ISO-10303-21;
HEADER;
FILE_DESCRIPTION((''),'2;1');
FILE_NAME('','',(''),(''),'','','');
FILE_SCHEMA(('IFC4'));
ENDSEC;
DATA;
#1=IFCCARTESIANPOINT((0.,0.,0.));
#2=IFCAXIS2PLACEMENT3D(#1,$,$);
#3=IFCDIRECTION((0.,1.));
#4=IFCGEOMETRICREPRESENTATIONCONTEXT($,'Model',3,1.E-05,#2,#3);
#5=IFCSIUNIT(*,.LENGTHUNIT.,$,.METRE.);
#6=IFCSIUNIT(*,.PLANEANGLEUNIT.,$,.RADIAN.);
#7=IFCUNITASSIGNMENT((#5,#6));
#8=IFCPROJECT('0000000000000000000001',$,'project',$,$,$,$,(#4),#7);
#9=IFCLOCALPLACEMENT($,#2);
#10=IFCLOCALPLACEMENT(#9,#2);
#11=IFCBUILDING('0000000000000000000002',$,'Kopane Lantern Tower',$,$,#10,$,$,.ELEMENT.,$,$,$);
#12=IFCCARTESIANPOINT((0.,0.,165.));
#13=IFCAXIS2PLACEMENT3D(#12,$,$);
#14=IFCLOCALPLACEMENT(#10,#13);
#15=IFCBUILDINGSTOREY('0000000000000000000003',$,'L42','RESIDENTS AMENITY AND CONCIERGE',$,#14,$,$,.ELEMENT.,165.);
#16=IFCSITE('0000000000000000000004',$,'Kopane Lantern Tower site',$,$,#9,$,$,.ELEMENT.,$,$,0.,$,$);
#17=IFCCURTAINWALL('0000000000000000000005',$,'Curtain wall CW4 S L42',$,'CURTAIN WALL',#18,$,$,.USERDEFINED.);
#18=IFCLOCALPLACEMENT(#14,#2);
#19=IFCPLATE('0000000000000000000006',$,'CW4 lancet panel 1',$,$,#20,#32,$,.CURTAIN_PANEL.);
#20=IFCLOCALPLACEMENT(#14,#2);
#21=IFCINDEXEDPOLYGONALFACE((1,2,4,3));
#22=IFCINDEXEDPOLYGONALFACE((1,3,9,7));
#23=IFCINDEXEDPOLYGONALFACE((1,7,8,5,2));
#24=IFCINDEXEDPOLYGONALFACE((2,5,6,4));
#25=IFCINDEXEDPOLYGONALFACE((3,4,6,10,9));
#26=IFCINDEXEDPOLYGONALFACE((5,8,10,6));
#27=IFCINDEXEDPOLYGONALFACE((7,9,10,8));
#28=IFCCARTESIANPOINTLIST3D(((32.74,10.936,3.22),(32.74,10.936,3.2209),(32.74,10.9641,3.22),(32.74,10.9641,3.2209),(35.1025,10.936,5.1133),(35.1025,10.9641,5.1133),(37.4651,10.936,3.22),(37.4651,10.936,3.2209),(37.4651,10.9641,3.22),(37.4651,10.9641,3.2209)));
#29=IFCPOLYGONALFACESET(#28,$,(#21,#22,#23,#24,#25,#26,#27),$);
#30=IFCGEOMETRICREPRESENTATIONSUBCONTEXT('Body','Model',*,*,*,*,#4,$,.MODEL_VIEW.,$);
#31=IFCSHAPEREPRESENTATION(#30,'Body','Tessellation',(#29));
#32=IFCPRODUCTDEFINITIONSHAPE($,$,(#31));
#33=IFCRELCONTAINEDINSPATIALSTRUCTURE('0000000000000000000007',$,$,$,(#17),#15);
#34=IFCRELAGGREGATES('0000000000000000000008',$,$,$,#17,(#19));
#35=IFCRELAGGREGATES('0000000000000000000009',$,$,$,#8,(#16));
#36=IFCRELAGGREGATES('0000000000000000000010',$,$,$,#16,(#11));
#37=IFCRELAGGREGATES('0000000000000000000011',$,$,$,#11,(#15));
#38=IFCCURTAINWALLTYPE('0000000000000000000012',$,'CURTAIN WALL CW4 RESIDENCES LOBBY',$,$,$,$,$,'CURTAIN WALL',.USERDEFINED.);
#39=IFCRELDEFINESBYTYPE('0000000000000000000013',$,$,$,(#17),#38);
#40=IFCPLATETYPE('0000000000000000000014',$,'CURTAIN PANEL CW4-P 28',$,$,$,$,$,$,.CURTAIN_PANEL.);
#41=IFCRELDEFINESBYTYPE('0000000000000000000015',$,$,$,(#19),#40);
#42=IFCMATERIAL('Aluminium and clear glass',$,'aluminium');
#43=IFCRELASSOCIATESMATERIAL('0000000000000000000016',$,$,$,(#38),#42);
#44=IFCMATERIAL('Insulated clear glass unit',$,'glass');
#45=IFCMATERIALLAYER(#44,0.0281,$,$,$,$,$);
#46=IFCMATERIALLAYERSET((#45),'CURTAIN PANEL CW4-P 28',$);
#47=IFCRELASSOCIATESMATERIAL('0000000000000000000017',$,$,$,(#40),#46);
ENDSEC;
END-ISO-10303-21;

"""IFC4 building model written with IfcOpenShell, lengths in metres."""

from ifc_helpers import new_model, si_unit, direction, frame, origin, place, context, subcontext, project, spatial, polyline, outline, extrude, material, layer, layer_set, type_object, element, aggregate, save


model = new_model("IFC4")

# Units and contexts
model_context = context("Model", 3, precision=1e-05, world=origin(), true_north=direction((0.0, 1.0)))
body_context = subcontext(model_context, "Body", "Model", "MODEL_VIEW")
ifc_project = project(units=[si_unit("LENGTHUNIT", "METRE"), si_unit("PLANEANGLEUNIT", "RADIAN")], contexts=[model_context])

# Site, building, storey
site_placement = place(None, origin())
site = spatial("IfcSite", under=ifc_project, at=site_placement, Name="Kopane Lantern Tower site", CompositionType="ELEMENT", RefElevation=0.0)
building_placement = place(site_placement, origin())
building = spatial("IfcBuilding", under=site, at=building_placement, Name="Kopane Lantern Tower", CompositionType="ELEMENT")
storey_placement = place(building_placement, frame((0.0, 0.0, 165.0)))
storey = spatial("IfcBuildingStorey", under=building, at=storey_placement, Name="L42", Description="RESIDENTS AMENITY AND CONCIERGE", CompositionType="ELEMENT", Elevation=165.0)

# Curtain wall
ifc_material_1 = material(Name="Aluminium and clear glass", Category="aluminium")
curtain_wall_type = type_object("IfcCurtainWallType", Name="CURTAIN WALL CW4 RESIDENCES LOBBY", ElementType="CURTAIN WALL", PredefinedType="USERDEFINED", material=ifc_material_1)
curtain_wall_1_placement = place(storey_placement, origin())
curtain_wall_1 = element("IfcCurtainWall", 1, at=curtain_wall_1_placement, inside=storey, type_object=curtain_wall_type, Name="Curtain wall CW4 S L42", ObjectType="CURTAIN WALL", PredefinedType="USERDEFINED")

# Plate
ifc_material_2 = material(Name="Insulated clear glass unit", Category="glass")
ifc_layer = layer(ifc_material_2, 0.0281)
ifc_layer_set = layer_set([ifc_layer], Name="CURTAIN PANEL CW4-P 28")
plate_type = type_object("IfcPlateType", Name="CURTAIN PANEL CW4-P 28", PredefinedType="CURTAIN_PANEL", material=ifc_layer_set)
plate_1_placement = place(storey_placement, frame((32.74, 10.95, 3.22), z_axis=(0.0, 0.0, 1.0), x_axis=(1.0, 0.0, 0.0)))
plate_1 = element("IfcPlate", 2, at=plate_1_placement, type_object=plate_type, Name="CW4 lancet panel 1", PredefinedType="CURTAIN_PANEL", context=body_context, shape_type="SweptSolid", body=[
    extrude(outline(polyline([(0.0, 0.0), (4.7251, 0.0), (4.7251, 0.001), (2.3625, 1.8933), (0.0, 0.001), (0.0, 0.0)])), frame((0.0, 0.0142, 0.0), z_axis=(0.0, -1.0, 0.0), x_axis=(1.0, 0.0, 0.0)), (0.0, 0.0, 1.0), 0.0281),
])
aggregate(curtain_wall_1, [plate_1])

save(model, "model.ifc")
